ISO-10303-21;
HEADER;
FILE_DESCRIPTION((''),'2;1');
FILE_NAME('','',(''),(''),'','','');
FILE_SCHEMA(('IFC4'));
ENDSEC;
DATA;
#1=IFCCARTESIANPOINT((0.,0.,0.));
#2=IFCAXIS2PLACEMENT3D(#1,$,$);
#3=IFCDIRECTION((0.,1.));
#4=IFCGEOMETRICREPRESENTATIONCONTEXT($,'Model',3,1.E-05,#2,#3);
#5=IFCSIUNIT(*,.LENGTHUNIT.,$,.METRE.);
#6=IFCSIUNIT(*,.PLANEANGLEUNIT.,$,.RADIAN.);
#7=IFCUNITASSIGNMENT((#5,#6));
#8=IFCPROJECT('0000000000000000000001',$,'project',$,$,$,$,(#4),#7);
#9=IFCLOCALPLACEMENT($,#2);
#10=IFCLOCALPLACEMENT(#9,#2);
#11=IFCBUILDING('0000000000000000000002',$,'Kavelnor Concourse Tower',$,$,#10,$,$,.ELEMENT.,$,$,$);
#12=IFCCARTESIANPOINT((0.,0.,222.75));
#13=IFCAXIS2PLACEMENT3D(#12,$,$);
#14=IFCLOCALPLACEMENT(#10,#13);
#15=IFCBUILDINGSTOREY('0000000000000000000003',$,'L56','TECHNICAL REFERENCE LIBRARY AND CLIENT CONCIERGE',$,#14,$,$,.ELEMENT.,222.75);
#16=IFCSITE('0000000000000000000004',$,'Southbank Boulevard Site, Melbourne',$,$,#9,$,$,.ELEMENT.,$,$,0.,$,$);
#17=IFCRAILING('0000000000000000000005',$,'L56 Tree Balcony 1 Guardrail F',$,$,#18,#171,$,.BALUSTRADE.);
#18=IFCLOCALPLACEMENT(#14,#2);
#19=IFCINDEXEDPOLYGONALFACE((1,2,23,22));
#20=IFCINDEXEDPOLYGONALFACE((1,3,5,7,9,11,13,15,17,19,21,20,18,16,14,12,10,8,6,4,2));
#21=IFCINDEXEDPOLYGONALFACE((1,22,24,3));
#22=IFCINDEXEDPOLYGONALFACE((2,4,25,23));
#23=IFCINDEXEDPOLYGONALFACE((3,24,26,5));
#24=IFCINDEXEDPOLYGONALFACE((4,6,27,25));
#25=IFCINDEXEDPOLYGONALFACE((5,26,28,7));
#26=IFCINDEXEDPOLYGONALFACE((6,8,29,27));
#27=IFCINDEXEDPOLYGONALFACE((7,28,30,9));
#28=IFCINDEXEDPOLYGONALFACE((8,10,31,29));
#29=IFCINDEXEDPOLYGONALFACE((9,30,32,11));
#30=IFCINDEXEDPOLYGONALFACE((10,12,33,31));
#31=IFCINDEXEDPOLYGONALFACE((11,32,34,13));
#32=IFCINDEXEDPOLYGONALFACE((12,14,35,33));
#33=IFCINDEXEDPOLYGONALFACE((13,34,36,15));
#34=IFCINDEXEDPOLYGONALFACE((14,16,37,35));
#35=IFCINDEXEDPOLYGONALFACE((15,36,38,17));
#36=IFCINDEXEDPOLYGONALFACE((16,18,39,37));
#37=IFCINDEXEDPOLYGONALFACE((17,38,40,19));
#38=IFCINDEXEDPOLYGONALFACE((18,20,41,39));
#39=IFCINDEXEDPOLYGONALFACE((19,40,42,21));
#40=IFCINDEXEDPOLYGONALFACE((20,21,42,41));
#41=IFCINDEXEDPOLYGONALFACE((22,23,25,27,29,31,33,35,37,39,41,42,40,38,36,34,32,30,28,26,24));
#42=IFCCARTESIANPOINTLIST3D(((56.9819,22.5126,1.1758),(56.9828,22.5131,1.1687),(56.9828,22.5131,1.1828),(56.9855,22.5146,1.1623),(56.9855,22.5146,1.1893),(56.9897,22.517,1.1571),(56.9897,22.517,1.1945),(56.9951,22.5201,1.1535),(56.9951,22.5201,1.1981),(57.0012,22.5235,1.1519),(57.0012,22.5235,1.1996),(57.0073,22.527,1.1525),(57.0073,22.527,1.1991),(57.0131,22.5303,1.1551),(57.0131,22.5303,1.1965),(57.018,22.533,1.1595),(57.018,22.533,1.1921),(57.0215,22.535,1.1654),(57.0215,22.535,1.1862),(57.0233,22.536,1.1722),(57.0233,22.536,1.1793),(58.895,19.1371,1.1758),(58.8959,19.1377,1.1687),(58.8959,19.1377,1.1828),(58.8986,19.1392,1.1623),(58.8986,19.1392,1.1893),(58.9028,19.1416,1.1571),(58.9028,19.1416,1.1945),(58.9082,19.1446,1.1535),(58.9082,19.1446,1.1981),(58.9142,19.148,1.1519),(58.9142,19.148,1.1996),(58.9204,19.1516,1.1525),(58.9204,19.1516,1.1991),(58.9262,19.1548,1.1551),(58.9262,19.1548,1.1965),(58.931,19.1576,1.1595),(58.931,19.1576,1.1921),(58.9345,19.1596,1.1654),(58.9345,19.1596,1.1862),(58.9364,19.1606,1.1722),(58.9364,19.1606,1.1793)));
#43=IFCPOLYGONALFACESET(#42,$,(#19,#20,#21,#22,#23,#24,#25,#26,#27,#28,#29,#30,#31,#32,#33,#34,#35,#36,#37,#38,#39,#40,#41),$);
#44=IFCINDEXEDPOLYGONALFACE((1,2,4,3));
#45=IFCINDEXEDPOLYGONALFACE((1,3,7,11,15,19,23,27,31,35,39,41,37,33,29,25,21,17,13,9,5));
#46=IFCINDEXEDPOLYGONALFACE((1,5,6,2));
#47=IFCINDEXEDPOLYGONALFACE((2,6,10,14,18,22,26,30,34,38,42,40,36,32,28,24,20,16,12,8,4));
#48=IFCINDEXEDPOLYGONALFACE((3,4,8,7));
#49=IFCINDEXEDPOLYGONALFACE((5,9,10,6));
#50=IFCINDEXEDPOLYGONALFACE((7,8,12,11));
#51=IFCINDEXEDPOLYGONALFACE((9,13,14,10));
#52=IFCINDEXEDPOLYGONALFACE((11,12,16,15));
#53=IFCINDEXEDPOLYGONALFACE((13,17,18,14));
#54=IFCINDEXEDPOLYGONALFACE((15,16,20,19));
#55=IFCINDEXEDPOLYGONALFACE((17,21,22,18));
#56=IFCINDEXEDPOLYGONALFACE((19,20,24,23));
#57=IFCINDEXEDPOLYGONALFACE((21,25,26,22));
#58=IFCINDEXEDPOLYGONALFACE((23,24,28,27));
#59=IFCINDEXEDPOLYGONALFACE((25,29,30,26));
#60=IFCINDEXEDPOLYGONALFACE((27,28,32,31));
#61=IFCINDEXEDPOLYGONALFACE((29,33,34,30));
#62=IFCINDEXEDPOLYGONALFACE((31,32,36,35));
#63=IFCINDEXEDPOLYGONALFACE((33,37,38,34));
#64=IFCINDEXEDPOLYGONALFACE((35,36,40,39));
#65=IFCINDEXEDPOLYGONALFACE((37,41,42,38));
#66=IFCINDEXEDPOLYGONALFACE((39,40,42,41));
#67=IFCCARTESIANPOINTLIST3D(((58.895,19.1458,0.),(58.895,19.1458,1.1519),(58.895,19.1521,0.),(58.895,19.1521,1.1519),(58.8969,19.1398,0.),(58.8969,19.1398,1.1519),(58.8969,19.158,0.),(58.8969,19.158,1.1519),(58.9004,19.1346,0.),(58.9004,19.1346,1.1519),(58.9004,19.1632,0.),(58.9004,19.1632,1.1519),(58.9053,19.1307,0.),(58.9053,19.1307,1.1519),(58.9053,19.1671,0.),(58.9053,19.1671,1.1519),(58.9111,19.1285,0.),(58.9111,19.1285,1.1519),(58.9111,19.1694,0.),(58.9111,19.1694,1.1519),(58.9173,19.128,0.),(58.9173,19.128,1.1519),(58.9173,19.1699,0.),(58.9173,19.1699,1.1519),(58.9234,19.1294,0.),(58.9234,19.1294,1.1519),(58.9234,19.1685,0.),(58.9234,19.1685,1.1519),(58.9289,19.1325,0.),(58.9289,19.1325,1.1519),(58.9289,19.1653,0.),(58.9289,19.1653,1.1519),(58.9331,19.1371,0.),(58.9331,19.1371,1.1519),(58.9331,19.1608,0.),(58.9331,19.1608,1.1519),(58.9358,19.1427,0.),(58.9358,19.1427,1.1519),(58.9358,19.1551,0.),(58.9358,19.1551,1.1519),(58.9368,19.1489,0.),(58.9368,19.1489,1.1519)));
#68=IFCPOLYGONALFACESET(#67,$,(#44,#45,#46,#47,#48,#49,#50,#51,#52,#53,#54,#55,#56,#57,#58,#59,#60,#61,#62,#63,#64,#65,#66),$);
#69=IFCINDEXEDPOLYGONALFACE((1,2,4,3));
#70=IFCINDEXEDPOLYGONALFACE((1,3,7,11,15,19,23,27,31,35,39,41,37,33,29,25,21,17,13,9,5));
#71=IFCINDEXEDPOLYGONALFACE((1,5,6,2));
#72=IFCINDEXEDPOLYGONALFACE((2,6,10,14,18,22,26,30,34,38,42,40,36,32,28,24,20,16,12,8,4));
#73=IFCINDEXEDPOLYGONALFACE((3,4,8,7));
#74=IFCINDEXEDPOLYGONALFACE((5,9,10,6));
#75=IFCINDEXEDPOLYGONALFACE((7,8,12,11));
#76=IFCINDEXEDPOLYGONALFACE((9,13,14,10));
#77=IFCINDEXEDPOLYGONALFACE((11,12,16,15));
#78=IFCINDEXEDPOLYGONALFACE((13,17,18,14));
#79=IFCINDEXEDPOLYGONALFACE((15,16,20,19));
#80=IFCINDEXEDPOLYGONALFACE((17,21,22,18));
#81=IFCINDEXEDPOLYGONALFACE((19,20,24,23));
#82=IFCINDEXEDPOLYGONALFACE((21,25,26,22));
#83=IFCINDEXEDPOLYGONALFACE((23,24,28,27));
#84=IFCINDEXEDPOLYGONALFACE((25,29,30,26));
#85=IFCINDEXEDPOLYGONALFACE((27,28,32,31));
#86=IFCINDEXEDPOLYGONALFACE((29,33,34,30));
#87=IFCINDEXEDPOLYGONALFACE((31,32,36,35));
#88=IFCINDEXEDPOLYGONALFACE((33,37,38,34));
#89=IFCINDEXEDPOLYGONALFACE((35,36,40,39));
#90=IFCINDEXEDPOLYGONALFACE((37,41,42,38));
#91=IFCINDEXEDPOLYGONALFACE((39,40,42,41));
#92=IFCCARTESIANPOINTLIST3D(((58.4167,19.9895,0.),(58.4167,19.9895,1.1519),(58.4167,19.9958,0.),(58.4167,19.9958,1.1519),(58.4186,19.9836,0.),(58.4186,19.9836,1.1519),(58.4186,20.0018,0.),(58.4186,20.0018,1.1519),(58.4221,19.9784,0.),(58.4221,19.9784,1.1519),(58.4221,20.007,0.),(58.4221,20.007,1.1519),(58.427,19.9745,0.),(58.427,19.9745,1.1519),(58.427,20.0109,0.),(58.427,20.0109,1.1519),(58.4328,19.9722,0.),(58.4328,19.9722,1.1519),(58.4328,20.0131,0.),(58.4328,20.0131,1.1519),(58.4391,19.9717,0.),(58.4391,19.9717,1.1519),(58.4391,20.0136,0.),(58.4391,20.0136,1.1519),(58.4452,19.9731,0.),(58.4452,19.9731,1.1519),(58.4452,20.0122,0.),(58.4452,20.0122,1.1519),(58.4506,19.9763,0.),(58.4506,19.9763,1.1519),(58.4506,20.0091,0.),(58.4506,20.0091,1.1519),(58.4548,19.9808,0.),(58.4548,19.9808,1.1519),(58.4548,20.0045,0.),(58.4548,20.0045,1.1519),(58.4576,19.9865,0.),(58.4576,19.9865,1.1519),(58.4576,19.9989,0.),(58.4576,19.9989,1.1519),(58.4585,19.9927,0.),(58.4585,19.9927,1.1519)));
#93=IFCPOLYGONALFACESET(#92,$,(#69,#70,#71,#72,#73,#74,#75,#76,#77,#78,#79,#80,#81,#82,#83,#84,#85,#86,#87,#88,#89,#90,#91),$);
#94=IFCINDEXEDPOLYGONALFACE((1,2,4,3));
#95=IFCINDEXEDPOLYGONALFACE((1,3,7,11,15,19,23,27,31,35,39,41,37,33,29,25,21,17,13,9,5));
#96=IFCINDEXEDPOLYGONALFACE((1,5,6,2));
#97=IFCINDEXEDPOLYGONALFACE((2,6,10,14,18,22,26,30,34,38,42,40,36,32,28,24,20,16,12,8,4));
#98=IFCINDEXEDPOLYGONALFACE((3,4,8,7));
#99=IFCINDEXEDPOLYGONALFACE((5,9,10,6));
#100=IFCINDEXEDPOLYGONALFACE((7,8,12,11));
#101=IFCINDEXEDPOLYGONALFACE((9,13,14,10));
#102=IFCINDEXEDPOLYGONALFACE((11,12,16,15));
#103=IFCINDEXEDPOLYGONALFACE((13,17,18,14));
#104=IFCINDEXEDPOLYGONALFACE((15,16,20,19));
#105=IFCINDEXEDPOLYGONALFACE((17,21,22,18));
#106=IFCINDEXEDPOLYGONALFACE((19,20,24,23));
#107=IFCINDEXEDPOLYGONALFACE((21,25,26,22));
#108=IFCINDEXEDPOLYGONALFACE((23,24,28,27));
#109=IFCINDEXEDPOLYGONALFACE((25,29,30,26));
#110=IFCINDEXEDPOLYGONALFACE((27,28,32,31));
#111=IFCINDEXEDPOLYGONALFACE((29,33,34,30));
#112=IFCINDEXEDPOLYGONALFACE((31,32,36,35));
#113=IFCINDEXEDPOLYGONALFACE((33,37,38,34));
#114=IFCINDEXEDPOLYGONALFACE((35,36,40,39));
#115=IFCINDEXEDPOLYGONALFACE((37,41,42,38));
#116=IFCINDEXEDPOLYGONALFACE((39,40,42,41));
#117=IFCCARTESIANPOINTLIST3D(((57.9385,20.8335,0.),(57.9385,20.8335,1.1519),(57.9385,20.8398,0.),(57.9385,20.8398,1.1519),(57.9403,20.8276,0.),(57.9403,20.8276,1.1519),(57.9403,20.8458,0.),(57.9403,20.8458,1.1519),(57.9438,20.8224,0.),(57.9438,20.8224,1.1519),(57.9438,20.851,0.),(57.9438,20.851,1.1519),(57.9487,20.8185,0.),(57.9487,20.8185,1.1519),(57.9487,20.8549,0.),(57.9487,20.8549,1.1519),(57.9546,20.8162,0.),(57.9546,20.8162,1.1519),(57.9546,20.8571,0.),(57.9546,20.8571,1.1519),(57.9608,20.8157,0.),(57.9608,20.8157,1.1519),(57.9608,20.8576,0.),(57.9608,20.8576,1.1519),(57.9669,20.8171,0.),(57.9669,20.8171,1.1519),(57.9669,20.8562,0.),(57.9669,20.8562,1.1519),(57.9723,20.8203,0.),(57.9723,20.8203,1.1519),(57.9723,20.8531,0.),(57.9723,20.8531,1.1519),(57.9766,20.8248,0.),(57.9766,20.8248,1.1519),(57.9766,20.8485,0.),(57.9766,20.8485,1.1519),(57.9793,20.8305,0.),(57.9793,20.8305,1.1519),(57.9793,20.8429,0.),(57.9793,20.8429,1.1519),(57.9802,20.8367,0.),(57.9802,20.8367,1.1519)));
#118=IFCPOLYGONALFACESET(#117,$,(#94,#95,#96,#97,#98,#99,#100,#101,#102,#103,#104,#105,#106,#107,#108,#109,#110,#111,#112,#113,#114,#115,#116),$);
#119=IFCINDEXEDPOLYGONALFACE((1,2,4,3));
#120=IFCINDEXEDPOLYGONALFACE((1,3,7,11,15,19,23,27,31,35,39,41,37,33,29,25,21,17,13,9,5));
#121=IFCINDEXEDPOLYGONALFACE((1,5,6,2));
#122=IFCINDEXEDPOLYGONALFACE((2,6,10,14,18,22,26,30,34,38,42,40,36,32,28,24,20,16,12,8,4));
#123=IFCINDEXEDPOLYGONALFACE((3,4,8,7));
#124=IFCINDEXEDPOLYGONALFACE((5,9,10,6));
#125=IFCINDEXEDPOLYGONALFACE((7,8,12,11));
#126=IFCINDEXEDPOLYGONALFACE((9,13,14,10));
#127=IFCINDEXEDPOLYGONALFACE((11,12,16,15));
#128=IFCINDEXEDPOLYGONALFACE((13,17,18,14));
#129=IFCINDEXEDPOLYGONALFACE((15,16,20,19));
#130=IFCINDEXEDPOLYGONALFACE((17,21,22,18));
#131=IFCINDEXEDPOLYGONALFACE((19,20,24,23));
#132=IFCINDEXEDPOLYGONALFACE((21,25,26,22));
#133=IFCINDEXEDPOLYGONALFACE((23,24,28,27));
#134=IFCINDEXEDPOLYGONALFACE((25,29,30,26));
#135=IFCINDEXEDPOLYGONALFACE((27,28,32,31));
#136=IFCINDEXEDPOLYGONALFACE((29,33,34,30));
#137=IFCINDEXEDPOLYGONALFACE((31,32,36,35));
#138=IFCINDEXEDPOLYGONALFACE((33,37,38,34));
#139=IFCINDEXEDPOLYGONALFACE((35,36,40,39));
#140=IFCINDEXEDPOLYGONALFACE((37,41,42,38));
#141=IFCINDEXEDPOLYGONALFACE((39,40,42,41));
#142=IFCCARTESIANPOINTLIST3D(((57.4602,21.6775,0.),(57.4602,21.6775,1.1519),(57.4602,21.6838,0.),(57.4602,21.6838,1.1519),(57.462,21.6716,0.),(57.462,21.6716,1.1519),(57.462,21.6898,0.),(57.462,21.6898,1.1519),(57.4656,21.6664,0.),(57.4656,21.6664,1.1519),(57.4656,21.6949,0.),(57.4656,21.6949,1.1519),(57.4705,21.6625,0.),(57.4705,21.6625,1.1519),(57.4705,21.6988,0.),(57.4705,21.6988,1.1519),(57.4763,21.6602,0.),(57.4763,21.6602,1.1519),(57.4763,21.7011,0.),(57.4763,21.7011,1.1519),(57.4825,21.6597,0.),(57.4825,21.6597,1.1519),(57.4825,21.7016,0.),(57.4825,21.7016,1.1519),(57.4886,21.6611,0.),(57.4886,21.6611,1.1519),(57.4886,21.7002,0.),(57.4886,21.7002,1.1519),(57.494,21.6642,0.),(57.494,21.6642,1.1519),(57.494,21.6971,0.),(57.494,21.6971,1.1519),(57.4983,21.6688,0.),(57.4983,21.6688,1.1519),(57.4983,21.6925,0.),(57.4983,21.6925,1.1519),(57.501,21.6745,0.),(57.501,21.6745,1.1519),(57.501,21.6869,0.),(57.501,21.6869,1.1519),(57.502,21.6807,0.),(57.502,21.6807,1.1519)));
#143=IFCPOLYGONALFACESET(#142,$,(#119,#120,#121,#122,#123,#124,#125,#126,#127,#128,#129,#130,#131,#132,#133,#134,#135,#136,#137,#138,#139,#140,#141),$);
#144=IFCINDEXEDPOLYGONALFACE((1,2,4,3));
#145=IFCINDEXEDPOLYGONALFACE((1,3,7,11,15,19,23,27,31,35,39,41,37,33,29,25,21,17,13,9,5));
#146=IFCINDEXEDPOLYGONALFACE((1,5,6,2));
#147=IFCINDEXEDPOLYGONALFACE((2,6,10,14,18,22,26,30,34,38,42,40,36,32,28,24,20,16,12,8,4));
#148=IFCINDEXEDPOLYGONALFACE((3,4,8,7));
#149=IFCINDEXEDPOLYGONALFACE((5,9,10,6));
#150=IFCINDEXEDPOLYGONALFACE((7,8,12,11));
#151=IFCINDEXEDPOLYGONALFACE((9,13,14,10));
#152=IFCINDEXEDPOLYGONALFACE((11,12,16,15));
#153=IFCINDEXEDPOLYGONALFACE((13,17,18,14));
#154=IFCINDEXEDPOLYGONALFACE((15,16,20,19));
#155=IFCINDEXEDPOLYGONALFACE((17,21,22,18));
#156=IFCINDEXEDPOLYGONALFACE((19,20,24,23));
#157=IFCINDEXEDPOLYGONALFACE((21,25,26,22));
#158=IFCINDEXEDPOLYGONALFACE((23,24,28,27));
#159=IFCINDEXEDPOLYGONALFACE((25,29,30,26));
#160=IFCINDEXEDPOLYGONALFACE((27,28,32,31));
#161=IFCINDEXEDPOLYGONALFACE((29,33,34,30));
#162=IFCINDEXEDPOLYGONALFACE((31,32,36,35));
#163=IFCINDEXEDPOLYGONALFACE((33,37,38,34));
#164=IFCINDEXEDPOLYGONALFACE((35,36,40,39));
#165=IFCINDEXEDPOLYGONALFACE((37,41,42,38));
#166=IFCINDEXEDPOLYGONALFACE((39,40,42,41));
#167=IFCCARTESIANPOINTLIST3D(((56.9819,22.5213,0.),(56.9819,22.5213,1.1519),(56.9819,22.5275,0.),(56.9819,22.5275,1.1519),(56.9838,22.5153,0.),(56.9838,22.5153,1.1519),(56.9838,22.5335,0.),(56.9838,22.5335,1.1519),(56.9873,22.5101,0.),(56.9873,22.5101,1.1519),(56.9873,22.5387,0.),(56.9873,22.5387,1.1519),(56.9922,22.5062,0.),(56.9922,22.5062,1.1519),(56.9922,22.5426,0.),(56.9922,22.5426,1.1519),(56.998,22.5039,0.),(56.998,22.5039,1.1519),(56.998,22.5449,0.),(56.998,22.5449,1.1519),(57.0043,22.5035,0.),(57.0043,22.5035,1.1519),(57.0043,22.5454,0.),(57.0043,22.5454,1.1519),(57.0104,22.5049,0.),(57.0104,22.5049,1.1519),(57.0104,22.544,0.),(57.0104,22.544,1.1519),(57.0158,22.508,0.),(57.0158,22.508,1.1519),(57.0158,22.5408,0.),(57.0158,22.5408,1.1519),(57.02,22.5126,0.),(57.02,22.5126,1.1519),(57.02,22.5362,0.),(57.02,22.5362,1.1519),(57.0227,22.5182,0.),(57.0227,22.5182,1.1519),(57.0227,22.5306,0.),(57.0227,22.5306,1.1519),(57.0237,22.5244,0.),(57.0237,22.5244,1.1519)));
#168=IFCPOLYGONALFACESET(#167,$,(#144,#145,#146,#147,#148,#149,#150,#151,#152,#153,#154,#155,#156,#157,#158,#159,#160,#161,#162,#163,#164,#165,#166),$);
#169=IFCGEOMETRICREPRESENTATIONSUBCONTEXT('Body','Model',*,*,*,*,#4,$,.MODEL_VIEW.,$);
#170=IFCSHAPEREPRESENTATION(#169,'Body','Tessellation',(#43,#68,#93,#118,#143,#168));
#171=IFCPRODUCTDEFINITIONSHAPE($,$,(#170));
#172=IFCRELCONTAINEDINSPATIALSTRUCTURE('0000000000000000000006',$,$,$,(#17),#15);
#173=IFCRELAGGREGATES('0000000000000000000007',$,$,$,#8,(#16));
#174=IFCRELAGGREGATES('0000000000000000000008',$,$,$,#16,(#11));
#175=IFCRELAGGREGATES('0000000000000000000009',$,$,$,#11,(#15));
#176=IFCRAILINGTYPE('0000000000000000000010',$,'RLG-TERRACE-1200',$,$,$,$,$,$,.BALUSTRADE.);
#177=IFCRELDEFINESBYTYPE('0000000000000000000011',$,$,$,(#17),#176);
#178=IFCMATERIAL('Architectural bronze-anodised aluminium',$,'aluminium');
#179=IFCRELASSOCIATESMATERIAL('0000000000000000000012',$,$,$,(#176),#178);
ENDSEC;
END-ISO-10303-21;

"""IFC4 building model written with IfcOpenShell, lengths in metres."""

from ifc_helpers import new_model, si_unit, direction, frame, origin, origin_2d, place, context, subcontext, project, spatial, circle, extrude, material, type_object, element, save


model = new_model("IFC4")

# Units and contexts
model_context = context("Model", 3, precision=1e-05, world=origin(), true_north=direction((0.0, 1.0)))
body_context = subcontext(model_context, "Body", "Model", "MODEL_VIEW")
ifc_project = project(units=[si_unit("LENGTHUNIT", "METRE"), si_unit("PLANEANGLEUNIT", "RADIAN")], contexts=[model_context])

# Site, building, storey
site_placement = place(None, origin())
site = spatial("IfcSite", under=ifc_project, at=site_placement, Name="Southbank Boulevard Site, Melbourne", CompositionType="ELEMENT", RefElevation=0.0)
building_placement = place(site_placement, origin())
building = spatial("IfcBuilding", under=site, at=building_placement, Name="Kavelnor Concourse Tower", CompositionType="ELEMENT")
storey_placement = place(building_placement, frame((0.0, 0.0, 222.75)))
storey = spatial("IfcBuildingStorey", under=building, at=storey_placement, Name="L56", Description="TECHNICAL REFERENCE LIBRARY AND CLIENT CONCIERGE", CompositionType="ELEMENT", Elevation=222.75)

# Railing
ifc_material_1 = material(Name="Architectural bronze-anodised aluminium", Category="aluminium")
railing_type_1 = type_object("IfcRailingType", Name="RLG-TERRACE-1200", PredefinedType="BALUSTRADE", material=ifc_material_1)
railing_1_placement = place(storey_placement, frame((58.9158, 19.1489, 0.0)))
element("IfcRailing", 1, at=railing_1_placement, inside=storey, type_object=railing_type_1, Name="L56 Tree Balcony 1 Guardrail F", PredefinedType="BALUSTRADE", context=body_context, shape_type="SweptSolid", body=[
    extrude(circle(Radius=0.0239, at=origin_2d()), frame((0.0, 0.0, 1.1758), z_axis=(-0.493073, 0.869988, 0.0), x_axis=(-0.869988, -0.493073, 0.0)), (0.0, 0.0, 1.0), 3.8799),
    extrude(circle(Radius=0.021, at=origin_2d()), origin(), (0.0, 0.0, 1.0), 1.1519),
    extrude(circle(Radius=0.021, at=origin_2d()), frame((-0.4783, 0.8438, 0.0)), (0.0, 0.0, 1.0), 1.1519),
    extrude(circle(Radius=0.021, at=origin_2d()), frame((-0.9565, 1.6877, 0.0)), (0.0, 0.0, 1.0), 1.1519),
    extrude(circle(Radius=0.021, at=origin_2d()), frame((-1.4348, 2.5317, 0.0)), (0.0, 0.0, 1.0), 1.1519),
    extrude(circle(Radius=0.021, at=origin_2d()), frame((-1.9131, 3.3755, 0.0)), (0.0, 0.0, 1.0), 1.1519),
])

save(model, "model.ifc")
